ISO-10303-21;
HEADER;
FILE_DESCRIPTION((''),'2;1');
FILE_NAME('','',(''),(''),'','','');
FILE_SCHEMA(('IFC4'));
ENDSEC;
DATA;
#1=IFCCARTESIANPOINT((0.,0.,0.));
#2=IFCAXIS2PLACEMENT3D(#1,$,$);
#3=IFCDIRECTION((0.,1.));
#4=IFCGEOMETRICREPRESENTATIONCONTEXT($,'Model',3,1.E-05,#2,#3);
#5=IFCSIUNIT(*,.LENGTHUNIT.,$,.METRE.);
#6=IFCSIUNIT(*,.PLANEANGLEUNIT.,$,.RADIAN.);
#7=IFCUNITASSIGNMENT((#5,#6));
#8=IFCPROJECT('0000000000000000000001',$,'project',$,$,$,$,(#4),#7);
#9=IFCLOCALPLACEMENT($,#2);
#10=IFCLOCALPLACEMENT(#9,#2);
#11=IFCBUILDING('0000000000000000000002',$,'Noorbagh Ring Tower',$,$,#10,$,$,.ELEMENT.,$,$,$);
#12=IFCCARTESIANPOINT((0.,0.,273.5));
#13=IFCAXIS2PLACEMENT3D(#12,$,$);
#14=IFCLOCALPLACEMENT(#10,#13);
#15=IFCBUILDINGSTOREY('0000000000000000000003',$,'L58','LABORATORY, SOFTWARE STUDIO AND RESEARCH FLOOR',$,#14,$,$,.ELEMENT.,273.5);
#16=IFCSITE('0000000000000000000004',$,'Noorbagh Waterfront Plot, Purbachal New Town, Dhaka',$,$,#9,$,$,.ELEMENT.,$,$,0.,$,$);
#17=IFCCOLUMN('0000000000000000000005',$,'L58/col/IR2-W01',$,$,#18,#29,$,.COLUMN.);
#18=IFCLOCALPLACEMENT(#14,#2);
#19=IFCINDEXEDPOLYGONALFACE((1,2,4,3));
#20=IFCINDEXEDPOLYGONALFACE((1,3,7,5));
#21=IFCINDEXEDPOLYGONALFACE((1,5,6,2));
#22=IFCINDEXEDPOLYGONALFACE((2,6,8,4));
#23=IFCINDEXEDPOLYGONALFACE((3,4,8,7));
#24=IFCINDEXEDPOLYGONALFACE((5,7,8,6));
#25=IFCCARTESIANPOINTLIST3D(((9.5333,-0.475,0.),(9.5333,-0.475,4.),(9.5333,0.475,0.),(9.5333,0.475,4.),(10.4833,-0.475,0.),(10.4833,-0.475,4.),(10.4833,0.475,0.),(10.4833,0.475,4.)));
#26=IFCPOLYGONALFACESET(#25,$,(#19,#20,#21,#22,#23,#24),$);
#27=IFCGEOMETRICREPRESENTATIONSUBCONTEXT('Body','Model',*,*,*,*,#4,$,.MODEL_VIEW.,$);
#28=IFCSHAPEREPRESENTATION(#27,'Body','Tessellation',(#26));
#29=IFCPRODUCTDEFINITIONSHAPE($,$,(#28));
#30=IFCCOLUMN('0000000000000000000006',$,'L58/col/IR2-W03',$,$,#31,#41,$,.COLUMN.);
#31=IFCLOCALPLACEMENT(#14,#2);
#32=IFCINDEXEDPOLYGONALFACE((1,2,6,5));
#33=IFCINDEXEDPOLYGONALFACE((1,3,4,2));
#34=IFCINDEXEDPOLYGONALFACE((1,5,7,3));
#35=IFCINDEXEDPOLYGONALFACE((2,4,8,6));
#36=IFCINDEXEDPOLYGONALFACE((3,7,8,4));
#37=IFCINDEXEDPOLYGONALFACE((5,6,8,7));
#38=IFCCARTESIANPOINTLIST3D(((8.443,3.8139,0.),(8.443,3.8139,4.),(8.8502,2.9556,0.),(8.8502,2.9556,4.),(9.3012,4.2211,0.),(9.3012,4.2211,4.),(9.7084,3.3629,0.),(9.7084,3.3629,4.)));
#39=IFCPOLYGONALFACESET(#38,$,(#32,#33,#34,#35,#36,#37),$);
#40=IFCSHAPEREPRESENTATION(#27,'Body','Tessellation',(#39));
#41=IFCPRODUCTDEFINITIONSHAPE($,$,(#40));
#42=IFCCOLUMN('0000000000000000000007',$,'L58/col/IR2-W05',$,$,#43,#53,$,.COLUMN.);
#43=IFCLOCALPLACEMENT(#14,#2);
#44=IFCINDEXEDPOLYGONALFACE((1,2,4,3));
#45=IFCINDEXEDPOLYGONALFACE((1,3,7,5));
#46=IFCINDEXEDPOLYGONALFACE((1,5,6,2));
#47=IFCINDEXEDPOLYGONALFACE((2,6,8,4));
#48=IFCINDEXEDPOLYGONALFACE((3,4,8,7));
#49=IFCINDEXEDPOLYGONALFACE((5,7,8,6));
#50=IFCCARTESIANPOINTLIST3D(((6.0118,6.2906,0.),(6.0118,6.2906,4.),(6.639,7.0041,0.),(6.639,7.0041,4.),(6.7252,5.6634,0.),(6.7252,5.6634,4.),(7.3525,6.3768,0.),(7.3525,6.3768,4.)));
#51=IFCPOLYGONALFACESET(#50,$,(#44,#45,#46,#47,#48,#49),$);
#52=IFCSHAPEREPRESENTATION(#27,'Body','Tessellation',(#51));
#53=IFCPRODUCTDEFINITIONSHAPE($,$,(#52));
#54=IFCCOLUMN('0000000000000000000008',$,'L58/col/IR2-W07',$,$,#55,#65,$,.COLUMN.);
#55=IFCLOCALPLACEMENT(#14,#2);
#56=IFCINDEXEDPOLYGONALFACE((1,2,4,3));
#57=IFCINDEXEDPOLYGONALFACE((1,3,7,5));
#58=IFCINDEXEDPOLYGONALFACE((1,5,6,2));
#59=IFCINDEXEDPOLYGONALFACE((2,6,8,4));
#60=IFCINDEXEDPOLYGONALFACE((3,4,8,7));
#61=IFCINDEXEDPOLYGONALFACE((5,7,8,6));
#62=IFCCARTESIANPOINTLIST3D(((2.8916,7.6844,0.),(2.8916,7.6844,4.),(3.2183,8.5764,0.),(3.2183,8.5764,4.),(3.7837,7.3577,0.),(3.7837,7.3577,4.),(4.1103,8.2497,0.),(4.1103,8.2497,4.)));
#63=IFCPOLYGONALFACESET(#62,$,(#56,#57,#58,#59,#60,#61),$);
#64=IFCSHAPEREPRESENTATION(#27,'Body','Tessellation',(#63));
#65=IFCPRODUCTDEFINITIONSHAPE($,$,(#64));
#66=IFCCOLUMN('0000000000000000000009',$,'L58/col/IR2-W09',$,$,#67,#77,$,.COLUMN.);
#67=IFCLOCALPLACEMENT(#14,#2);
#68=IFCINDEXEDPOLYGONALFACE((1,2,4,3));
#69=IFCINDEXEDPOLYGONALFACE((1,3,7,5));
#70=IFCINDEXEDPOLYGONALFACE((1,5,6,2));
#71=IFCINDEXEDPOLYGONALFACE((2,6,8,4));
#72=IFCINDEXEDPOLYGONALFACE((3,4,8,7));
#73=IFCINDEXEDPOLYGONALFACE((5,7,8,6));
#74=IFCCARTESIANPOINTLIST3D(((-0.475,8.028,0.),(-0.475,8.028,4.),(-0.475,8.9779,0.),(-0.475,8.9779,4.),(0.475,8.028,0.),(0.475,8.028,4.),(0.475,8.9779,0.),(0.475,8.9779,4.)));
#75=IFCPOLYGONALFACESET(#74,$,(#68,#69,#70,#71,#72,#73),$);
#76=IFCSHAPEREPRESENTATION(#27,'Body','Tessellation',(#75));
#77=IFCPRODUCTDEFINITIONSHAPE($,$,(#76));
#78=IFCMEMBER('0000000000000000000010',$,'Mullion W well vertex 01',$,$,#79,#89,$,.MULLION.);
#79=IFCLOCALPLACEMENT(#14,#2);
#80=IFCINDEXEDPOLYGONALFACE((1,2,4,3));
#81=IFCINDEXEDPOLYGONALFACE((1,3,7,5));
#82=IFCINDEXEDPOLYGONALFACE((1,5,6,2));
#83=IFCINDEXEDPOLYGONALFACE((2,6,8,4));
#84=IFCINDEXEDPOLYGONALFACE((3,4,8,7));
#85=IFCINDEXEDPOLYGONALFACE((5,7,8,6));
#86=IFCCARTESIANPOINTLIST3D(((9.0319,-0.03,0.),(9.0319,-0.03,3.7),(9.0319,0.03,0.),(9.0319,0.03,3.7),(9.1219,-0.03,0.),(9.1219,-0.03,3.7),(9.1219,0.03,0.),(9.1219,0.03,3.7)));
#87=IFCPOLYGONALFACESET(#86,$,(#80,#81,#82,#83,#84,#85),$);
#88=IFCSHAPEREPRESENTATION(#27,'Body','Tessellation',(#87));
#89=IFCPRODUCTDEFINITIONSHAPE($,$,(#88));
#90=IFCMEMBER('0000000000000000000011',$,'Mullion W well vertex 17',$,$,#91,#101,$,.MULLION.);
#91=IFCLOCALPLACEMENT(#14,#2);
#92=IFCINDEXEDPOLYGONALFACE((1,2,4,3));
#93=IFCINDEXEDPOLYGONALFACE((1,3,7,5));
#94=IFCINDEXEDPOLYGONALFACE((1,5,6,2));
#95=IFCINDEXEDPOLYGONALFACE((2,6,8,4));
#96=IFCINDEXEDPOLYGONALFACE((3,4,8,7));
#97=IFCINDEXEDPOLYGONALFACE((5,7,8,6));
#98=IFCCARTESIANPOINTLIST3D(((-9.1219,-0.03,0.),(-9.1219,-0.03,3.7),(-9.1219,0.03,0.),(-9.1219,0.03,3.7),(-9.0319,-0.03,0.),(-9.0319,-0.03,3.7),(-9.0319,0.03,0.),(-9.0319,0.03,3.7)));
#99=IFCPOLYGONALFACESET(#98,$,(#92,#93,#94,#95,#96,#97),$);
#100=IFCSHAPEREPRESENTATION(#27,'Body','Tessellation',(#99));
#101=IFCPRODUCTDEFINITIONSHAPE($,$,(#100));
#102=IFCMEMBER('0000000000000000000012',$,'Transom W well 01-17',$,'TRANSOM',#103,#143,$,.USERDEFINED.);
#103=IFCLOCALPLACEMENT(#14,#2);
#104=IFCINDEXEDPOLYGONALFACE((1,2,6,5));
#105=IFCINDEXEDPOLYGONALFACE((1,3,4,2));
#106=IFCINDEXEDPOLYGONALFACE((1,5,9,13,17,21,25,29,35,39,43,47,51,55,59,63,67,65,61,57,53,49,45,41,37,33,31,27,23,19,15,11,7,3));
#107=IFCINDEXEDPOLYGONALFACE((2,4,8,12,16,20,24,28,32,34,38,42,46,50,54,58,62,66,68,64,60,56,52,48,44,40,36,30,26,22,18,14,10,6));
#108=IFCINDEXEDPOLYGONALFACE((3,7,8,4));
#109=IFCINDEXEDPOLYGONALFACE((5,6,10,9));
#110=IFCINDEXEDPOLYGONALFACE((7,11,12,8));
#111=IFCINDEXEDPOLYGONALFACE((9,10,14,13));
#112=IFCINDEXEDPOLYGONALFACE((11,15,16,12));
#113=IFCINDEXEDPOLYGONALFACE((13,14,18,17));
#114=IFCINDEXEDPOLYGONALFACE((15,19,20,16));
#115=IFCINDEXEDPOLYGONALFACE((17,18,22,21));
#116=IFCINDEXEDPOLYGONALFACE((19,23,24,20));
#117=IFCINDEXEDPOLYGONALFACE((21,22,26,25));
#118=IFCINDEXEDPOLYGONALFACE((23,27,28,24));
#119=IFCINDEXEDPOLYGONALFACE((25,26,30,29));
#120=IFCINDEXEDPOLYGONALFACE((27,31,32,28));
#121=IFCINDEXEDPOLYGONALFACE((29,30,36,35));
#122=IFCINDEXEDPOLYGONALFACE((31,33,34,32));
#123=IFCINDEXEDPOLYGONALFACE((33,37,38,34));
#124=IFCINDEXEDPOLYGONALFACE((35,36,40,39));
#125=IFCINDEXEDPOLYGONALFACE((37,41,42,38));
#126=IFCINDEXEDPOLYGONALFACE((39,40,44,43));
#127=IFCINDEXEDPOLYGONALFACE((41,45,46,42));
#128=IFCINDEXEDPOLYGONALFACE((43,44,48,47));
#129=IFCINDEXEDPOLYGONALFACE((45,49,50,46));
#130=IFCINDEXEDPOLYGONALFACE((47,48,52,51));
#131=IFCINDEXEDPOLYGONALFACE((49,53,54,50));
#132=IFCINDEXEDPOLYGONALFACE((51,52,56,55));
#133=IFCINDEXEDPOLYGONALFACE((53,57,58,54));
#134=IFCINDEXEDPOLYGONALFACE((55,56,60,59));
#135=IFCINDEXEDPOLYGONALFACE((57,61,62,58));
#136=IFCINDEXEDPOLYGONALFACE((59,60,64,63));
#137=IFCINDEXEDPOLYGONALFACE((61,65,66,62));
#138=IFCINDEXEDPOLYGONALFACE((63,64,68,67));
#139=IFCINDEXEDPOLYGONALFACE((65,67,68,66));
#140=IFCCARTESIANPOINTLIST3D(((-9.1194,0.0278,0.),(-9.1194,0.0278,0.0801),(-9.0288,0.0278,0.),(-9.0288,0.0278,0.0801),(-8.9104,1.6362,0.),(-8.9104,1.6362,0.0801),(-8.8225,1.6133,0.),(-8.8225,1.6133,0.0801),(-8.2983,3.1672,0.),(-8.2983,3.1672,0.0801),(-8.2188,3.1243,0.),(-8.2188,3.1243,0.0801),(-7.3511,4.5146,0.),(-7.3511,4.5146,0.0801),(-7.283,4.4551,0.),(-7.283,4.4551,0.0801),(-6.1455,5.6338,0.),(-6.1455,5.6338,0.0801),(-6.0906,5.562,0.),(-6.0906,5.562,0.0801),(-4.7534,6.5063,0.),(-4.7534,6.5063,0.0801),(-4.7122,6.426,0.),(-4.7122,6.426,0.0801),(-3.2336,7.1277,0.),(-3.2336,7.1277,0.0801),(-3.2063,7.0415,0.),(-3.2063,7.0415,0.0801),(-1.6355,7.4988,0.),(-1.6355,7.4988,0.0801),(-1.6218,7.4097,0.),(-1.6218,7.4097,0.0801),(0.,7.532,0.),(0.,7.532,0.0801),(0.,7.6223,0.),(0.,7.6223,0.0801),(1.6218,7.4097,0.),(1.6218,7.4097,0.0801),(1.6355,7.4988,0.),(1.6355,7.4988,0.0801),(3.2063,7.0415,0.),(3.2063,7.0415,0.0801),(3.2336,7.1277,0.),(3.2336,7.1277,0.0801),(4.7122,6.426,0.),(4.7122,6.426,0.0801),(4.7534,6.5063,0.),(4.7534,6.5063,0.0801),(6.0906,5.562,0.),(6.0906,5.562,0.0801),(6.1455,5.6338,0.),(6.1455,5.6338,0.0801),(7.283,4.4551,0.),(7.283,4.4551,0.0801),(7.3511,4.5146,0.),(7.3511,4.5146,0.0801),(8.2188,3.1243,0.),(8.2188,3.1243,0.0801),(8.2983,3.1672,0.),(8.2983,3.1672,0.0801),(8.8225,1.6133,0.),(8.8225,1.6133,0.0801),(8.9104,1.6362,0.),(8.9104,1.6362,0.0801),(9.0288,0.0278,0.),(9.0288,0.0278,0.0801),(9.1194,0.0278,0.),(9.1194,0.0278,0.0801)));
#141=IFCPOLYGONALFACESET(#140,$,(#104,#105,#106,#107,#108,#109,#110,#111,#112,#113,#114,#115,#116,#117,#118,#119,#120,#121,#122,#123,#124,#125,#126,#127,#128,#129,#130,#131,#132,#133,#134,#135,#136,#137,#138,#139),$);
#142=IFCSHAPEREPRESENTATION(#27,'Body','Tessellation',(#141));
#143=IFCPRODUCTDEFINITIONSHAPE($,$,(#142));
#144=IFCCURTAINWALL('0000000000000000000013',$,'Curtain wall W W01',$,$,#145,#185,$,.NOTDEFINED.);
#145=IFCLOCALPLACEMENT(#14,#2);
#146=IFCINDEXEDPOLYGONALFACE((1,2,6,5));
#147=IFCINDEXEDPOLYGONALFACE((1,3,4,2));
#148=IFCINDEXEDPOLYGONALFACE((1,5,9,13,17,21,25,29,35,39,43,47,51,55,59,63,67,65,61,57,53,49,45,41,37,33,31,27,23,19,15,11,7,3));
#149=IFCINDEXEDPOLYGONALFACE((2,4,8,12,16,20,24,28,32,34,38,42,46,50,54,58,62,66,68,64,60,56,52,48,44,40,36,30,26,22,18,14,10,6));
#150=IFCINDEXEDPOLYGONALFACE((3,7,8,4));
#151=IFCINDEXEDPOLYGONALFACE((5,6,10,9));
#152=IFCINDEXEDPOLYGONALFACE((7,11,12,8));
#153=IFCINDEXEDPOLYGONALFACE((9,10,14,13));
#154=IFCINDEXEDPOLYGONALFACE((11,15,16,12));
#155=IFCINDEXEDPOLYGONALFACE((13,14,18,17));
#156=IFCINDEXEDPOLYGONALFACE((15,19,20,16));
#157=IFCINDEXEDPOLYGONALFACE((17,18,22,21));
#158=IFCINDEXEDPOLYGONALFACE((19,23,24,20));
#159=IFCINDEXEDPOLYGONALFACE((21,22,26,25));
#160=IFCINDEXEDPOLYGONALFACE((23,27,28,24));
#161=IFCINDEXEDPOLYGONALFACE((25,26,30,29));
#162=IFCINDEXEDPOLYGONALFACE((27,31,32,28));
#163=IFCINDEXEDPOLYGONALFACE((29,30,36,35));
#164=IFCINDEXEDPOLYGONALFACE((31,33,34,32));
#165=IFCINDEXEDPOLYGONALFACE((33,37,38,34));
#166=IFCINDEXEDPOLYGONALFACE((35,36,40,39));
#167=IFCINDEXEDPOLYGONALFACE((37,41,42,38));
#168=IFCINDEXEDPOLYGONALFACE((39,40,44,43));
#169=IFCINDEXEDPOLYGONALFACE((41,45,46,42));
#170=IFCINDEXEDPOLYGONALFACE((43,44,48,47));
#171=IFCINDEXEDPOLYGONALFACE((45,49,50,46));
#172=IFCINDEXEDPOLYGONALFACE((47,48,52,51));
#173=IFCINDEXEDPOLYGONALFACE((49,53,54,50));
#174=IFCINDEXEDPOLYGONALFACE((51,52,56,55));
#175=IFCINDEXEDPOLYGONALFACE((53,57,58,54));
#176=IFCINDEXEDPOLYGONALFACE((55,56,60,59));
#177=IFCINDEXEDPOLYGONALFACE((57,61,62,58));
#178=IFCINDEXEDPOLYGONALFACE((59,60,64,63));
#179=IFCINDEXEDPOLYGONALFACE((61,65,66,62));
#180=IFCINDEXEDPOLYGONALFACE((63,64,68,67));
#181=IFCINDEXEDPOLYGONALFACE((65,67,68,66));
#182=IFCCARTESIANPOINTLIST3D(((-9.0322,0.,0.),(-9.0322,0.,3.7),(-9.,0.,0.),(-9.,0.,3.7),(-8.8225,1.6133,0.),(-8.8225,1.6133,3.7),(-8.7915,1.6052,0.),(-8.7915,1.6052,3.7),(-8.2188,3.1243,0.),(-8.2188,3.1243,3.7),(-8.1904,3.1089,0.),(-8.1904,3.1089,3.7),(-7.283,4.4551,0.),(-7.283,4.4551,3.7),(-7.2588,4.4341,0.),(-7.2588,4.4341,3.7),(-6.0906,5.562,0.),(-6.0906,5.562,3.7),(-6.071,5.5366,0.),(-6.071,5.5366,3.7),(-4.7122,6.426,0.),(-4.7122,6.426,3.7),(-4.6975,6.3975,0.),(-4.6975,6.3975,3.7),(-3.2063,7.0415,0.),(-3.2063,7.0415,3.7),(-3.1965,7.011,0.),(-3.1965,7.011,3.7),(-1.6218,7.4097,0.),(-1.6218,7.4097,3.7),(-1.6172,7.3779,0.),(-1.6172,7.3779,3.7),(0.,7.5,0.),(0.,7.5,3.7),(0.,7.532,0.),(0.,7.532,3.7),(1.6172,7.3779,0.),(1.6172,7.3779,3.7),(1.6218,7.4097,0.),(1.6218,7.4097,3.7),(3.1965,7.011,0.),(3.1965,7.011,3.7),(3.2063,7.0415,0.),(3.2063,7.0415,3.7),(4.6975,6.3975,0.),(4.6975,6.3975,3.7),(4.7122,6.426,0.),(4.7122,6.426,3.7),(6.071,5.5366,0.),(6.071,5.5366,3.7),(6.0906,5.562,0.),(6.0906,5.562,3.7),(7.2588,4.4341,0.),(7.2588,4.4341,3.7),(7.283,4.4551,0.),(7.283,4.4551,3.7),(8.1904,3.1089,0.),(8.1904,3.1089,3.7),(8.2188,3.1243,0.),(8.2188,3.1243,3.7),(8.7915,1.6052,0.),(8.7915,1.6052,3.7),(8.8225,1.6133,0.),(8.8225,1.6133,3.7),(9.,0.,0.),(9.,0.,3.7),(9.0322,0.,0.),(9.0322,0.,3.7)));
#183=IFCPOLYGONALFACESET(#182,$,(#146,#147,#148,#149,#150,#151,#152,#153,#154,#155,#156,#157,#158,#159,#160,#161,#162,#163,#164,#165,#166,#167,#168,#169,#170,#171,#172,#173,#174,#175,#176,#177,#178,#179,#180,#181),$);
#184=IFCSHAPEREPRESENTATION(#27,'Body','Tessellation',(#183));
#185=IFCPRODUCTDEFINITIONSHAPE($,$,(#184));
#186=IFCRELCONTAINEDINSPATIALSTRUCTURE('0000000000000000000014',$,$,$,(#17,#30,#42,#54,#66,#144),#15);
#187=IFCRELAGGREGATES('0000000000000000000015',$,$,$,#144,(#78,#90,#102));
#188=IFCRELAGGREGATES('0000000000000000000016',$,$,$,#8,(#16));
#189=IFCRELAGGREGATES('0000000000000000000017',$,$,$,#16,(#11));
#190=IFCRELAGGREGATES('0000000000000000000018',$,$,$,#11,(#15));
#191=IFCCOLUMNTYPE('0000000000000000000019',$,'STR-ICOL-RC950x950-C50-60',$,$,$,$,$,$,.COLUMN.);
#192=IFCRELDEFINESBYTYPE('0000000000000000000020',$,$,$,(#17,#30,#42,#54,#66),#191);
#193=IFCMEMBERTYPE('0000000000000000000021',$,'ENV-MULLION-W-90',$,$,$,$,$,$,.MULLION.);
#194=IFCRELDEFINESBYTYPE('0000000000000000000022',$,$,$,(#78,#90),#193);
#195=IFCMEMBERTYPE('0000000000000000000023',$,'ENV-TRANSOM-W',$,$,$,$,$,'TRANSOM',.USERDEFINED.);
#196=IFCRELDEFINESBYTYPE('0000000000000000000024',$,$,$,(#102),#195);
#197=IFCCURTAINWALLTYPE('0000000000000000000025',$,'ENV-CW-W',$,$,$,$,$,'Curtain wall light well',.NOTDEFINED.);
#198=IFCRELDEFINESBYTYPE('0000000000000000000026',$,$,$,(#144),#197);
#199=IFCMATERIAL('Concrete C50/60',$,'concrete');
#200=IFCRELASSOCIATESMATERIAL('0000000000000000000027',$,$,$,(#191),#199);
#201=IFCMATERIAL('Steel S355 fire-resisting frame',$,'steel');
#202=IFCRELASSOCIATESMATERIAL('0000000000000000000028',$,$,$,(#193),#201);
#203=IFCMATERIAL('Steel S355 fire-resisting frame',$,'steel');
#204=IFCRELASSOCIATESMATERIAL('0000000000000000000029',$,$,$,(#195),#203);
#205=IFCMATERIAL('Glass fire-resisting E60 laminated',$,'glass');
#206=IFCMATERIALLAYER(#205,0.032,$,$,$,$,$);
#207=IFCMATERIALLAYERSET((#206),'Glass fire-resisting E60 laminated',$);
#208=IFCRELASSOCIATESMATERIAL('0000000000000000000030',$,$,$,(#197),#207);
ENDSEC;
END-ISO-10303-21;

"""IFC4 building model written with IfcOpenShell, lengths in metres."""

from ifc_helpers import new_model, si_unit, direction, frame, origin, origin_2d, place, context, subcontext, project, spatial, polyline, rectangle, outline, extrude, material, layer, layer_set, material_profile, profile_set, type_object, element, aggregate, save


model = new_model("IFC4")

# Units and contexts
model_context = context("Model", 3, precision=1e-05, world=origin(), true_north=direction((0.0, 1.0)))
body_context = subcontext(model_context, "Body", "Model", "MODEL_VIEW")
ifc_project = project(units=[si_unit("LENGTHUNIT", "METRE"), si_unit("PLANEANGLEUNIT", "RADIAN")], contexts=[model_context])

# Site, building, storey
site_placement = place(None, origin())
site = spatial("IfcSite", under=ifc_project, at=site_placement, Name="Noorbagh Waterfront Plot, Purbachal New Town, Dhaka", CompositionType="ELEMENT", RefElevation=0.0)
building_placement = place(site_placement, origin())
building = spatial("IfcBuilding", under=site, at=building_placement, Name="Noorbagh Ring Tower", CompositionType="ELEMENT")
storey_placement = place(building_placement, frame((0.0, 0.0, 273.5)))
storey = spatial("IfcBuildingStorey", under=building, at=storey_placement, Name="L58", Description="LABORATORY, SOFTWARE STUDIO AND RESEARCH FLOOR", CompositionType="ELEMENT", Elevation=273.5)

# Columns
ifc_material_1 = material(Name="Concrete C50/60", Category="concrete")
ifc_material_profile_1 = material_profile(ifc_material_1, rectangle(XDim=0.95, YDim=0.95, at=origin_2d()), Name="RC950x950")
ifc_profile_set_1 = profile_set([ifc_material_profile_1], Name="Concrete C50/60")
column_type = type_object("IfcColumnType", Name="STR-ICOL-RC950x950-C50-60", PredefinedType="COLUMN", material=ifc_profile_set_1)
for number, where, z_axis, x_axis, name in (
    (1, (10.0083, 0.0, 0.0), (0.0, 0.0, 1.0), (0.0, 1.0, 0.0), "L58/col/IR2-W01"),
    (2, (9.0757, 3.5884, 0.0), (0.0, 0.0, 1.0), (-0.428667, 0.903463, 0.0), "L58/col/IR2-W03"),
    (3, (6.6821, 6.3337, 0.0), (0.0, 0.0, 1.0), (-0.751022, 0.660277, 0.0), "L58/col/IR2-W05"),
    (4, (3.501, 7.967, 0.0), (0.0, 0.0, 1.0), (-0.93902, 0.343864, 0.0), "L58/col/IR2-W07"),
    (5, (0.0, 8.5029, 0.0), (0.0, 0.0, 1.0), (-1.0, 0.0, 0.0), "L58/col/IR2-W09"),
):
    element("IfcColumn", number, at=place(storey_placement, frame(where, z_axis=z_axis, x_axis=x_axis)), inside=storey, type_object=column_type, Name=name, PredefinedType="COLUMN", context=body_context, shape_type="SweptSolid", body=[
        extrude(rectangle(XDim=0.95, YDim=0.95, at=origin_2d()), origin(), (0.0, 0.0, 1.0), 4.0),
    ])

# Members
ifc_material_2 = material(Name="Steel S355 fire-resisting frame", Category="steel")
ifc_material_profile_2 = material_profile(ifc_material_2, rectangle(XDim=0.0901, YDim=0.0601, at=origin_2d()), Name="90x60")
ifc_profile_set_2 = profile_set([ifc_material_profile_2], Name="Steel S355 fire-resisting frame")
member_type_1 = type_object("IfcMemberType", Name="ENV-MULLION-W-90", PredefinedType="MULLION", material=ifc_profile_set_2)
member_1_placement = place(storey_placement, frame((9.0769, 0.0, 0.0), z_axis=(0.0, 0.0, 1.0), x_axis=(1.0, 0.0, 0.0)))
member_1 = element("IfcMember", 6, at=member_1_placement, type_object=member_type_1, Name="Mullion W well vertex 01", PredefinedType="MULLION", context=body_context, shape_type="SweptSolid", body=[
    extrude(rectangle(XDim=0.0901, YDim=0.0601, at=origin_2d()), origin(), (0.0, 0.0, 1.0), 3.7),
])
member_2_placement = place(storey_placement, frame((-9.0769, 0.0, 0.0), z_axis=(0.0, 0.0, 1.0), x_axis=(-1.0, 0.0, 0.0)))
member_2 = element("IfcMember", 7, at=member_2_placement, type_object=member_type_1, Name="Mullion W well vertex 17", PredefinedType="MULLION", context=body_context, shape_type="SweptSolid", body=[
    extrude(rectangle(XDim=0.0901, YDim=0.0601, at=origin_2d()), origin(), (0.0, 0.0, 1.0), 3.7),
])
ifc_material_3 = material(Name="Steel S355 fire-resisting frame", Category="steel")
member_type_2 = type_object("IfcMemberType", Name="ENV-TRANSOM-W", ElementType="TRANSOM", PredefinedType="USERDEFINED", material=ifc_material_3)
member_3_placement = place(storey_placement, origin())
member_3 = element("IfcMember", 8, at=member_3_placement, type_object=member_type_2, Name="Transom W well 01-17", ObjectType="TRANSOM", PredefinedType="USERDEFINED", context=body_context, shape_type="SweptSolid", body=[
    extrude(outline(polyline([(9.1194, 0.0278), (8.9104, 1.6362), (8.2983, 3.1672), (7.3511, 4.5146), (6.1455, 5.6338), (4.7534, 6.5063), (3.2336, 7.1277), (1.6355, 7.4988), (0.0, 7.6223), (-1.6355, 7.4988), (-3.2336, 7.1277), (-4.7534, 6.5063), (-6.1455, 5.6338), (-7.3511, 4.5146), (-8.2983, 3.1672), (-8.9104, 1.6362), (-9.1194, 0.0278), (-9.0288, 0.0278), (-8.8225, 1.6133), (-8.2188, 3.1243), (-7.283, 4.4551), (-6.0906, 5.562), (-4.7122, 6.426), (-3.2063, 7.0415), (-1.6218, 7.4097), (0.0, 7.532), (1.6218, 7.4097), (3.2063, 7.0415), (4.7122, 6.426), (6.0906, 5.562), (7.283, 4.4551), (8.2188, 3.1243), (8.8225, 1.6133), (9.0288, 0.0278), (9.1194, 0.0278)])), origin(), (0.0, 0.0, 1.0), 0.0801),
])

# Curtain wall
ifc_material_4 = material(Name="Glass fire-resisting E60 laminated", Category="glass")
ifc_layer_1 = layer(ifc_material_4, 0.032)
ifc_layer_set_1 = layer_set([ifc_layer_1], Name="Glass fire-resisting E60 laminated")
curtain_wall_type_1 = type_object("IfcCurtainWallType", Name="ENV-CW-W", ElementType="Curtain wall light well", PredefinedType="NOTDEFINED", material=ifc_layer_set_1)
curtain_wall_1_placement = place(storey_placement, origin())
curtain_wall_1 = element("IfcCurtainWall", 9, at=curtain_wall_1_placement, inside=storey, type_object=curtain_wall_type_1, Name="Curtain wall W W01", PredefinedType="NOTDEFINED", context=body_context, shape_type="SweptSolid", body=[
    extrude(outline(polyline([(9.0322, 0.0), (8.8225, 1.6133), (8.2188, 3.1243), (7.283, 4.4551), (6.0906, 5.562), (4.7122, 6.426), (3.2063, 7.0415), (1.6218, 7.4097), (0.0, 7.532), (-1.6218, 7.4097), (-3.2063, 7.0415), (-4.7122, 6.426), (-6.0906, 5.562), (-7.283, 4.4551), (-8.2188, 3.1243), (-8.8225, 1.6133), (-9.0322, 0.0), (-9.0, 0.0), (-8.7915, 1.6052), (-8.1904, 3.1089), (-7.2588, 4.4341), (-6.071, 5.5366), (-4.6975, 6.3975), (-3.1965, 7.011), (-1.6172, 7.3779), (0.0, 7.5), (1.6172, 7.3779), (3.1965, 7.011), (4.6975, 6.3975), (6.071, 5.5366), (7.2588, 4.4341), (8.1904, 3.1089), (8.7915, 1.6052), (9.0, 0.0), (9.0322, 0.0)])), origin(), (0.0, 0.0, 1.0), 3.7),
])
aggregate(curtain_wall_1, [member_1, member_2, member_3])

save(model, "model.ifc")
